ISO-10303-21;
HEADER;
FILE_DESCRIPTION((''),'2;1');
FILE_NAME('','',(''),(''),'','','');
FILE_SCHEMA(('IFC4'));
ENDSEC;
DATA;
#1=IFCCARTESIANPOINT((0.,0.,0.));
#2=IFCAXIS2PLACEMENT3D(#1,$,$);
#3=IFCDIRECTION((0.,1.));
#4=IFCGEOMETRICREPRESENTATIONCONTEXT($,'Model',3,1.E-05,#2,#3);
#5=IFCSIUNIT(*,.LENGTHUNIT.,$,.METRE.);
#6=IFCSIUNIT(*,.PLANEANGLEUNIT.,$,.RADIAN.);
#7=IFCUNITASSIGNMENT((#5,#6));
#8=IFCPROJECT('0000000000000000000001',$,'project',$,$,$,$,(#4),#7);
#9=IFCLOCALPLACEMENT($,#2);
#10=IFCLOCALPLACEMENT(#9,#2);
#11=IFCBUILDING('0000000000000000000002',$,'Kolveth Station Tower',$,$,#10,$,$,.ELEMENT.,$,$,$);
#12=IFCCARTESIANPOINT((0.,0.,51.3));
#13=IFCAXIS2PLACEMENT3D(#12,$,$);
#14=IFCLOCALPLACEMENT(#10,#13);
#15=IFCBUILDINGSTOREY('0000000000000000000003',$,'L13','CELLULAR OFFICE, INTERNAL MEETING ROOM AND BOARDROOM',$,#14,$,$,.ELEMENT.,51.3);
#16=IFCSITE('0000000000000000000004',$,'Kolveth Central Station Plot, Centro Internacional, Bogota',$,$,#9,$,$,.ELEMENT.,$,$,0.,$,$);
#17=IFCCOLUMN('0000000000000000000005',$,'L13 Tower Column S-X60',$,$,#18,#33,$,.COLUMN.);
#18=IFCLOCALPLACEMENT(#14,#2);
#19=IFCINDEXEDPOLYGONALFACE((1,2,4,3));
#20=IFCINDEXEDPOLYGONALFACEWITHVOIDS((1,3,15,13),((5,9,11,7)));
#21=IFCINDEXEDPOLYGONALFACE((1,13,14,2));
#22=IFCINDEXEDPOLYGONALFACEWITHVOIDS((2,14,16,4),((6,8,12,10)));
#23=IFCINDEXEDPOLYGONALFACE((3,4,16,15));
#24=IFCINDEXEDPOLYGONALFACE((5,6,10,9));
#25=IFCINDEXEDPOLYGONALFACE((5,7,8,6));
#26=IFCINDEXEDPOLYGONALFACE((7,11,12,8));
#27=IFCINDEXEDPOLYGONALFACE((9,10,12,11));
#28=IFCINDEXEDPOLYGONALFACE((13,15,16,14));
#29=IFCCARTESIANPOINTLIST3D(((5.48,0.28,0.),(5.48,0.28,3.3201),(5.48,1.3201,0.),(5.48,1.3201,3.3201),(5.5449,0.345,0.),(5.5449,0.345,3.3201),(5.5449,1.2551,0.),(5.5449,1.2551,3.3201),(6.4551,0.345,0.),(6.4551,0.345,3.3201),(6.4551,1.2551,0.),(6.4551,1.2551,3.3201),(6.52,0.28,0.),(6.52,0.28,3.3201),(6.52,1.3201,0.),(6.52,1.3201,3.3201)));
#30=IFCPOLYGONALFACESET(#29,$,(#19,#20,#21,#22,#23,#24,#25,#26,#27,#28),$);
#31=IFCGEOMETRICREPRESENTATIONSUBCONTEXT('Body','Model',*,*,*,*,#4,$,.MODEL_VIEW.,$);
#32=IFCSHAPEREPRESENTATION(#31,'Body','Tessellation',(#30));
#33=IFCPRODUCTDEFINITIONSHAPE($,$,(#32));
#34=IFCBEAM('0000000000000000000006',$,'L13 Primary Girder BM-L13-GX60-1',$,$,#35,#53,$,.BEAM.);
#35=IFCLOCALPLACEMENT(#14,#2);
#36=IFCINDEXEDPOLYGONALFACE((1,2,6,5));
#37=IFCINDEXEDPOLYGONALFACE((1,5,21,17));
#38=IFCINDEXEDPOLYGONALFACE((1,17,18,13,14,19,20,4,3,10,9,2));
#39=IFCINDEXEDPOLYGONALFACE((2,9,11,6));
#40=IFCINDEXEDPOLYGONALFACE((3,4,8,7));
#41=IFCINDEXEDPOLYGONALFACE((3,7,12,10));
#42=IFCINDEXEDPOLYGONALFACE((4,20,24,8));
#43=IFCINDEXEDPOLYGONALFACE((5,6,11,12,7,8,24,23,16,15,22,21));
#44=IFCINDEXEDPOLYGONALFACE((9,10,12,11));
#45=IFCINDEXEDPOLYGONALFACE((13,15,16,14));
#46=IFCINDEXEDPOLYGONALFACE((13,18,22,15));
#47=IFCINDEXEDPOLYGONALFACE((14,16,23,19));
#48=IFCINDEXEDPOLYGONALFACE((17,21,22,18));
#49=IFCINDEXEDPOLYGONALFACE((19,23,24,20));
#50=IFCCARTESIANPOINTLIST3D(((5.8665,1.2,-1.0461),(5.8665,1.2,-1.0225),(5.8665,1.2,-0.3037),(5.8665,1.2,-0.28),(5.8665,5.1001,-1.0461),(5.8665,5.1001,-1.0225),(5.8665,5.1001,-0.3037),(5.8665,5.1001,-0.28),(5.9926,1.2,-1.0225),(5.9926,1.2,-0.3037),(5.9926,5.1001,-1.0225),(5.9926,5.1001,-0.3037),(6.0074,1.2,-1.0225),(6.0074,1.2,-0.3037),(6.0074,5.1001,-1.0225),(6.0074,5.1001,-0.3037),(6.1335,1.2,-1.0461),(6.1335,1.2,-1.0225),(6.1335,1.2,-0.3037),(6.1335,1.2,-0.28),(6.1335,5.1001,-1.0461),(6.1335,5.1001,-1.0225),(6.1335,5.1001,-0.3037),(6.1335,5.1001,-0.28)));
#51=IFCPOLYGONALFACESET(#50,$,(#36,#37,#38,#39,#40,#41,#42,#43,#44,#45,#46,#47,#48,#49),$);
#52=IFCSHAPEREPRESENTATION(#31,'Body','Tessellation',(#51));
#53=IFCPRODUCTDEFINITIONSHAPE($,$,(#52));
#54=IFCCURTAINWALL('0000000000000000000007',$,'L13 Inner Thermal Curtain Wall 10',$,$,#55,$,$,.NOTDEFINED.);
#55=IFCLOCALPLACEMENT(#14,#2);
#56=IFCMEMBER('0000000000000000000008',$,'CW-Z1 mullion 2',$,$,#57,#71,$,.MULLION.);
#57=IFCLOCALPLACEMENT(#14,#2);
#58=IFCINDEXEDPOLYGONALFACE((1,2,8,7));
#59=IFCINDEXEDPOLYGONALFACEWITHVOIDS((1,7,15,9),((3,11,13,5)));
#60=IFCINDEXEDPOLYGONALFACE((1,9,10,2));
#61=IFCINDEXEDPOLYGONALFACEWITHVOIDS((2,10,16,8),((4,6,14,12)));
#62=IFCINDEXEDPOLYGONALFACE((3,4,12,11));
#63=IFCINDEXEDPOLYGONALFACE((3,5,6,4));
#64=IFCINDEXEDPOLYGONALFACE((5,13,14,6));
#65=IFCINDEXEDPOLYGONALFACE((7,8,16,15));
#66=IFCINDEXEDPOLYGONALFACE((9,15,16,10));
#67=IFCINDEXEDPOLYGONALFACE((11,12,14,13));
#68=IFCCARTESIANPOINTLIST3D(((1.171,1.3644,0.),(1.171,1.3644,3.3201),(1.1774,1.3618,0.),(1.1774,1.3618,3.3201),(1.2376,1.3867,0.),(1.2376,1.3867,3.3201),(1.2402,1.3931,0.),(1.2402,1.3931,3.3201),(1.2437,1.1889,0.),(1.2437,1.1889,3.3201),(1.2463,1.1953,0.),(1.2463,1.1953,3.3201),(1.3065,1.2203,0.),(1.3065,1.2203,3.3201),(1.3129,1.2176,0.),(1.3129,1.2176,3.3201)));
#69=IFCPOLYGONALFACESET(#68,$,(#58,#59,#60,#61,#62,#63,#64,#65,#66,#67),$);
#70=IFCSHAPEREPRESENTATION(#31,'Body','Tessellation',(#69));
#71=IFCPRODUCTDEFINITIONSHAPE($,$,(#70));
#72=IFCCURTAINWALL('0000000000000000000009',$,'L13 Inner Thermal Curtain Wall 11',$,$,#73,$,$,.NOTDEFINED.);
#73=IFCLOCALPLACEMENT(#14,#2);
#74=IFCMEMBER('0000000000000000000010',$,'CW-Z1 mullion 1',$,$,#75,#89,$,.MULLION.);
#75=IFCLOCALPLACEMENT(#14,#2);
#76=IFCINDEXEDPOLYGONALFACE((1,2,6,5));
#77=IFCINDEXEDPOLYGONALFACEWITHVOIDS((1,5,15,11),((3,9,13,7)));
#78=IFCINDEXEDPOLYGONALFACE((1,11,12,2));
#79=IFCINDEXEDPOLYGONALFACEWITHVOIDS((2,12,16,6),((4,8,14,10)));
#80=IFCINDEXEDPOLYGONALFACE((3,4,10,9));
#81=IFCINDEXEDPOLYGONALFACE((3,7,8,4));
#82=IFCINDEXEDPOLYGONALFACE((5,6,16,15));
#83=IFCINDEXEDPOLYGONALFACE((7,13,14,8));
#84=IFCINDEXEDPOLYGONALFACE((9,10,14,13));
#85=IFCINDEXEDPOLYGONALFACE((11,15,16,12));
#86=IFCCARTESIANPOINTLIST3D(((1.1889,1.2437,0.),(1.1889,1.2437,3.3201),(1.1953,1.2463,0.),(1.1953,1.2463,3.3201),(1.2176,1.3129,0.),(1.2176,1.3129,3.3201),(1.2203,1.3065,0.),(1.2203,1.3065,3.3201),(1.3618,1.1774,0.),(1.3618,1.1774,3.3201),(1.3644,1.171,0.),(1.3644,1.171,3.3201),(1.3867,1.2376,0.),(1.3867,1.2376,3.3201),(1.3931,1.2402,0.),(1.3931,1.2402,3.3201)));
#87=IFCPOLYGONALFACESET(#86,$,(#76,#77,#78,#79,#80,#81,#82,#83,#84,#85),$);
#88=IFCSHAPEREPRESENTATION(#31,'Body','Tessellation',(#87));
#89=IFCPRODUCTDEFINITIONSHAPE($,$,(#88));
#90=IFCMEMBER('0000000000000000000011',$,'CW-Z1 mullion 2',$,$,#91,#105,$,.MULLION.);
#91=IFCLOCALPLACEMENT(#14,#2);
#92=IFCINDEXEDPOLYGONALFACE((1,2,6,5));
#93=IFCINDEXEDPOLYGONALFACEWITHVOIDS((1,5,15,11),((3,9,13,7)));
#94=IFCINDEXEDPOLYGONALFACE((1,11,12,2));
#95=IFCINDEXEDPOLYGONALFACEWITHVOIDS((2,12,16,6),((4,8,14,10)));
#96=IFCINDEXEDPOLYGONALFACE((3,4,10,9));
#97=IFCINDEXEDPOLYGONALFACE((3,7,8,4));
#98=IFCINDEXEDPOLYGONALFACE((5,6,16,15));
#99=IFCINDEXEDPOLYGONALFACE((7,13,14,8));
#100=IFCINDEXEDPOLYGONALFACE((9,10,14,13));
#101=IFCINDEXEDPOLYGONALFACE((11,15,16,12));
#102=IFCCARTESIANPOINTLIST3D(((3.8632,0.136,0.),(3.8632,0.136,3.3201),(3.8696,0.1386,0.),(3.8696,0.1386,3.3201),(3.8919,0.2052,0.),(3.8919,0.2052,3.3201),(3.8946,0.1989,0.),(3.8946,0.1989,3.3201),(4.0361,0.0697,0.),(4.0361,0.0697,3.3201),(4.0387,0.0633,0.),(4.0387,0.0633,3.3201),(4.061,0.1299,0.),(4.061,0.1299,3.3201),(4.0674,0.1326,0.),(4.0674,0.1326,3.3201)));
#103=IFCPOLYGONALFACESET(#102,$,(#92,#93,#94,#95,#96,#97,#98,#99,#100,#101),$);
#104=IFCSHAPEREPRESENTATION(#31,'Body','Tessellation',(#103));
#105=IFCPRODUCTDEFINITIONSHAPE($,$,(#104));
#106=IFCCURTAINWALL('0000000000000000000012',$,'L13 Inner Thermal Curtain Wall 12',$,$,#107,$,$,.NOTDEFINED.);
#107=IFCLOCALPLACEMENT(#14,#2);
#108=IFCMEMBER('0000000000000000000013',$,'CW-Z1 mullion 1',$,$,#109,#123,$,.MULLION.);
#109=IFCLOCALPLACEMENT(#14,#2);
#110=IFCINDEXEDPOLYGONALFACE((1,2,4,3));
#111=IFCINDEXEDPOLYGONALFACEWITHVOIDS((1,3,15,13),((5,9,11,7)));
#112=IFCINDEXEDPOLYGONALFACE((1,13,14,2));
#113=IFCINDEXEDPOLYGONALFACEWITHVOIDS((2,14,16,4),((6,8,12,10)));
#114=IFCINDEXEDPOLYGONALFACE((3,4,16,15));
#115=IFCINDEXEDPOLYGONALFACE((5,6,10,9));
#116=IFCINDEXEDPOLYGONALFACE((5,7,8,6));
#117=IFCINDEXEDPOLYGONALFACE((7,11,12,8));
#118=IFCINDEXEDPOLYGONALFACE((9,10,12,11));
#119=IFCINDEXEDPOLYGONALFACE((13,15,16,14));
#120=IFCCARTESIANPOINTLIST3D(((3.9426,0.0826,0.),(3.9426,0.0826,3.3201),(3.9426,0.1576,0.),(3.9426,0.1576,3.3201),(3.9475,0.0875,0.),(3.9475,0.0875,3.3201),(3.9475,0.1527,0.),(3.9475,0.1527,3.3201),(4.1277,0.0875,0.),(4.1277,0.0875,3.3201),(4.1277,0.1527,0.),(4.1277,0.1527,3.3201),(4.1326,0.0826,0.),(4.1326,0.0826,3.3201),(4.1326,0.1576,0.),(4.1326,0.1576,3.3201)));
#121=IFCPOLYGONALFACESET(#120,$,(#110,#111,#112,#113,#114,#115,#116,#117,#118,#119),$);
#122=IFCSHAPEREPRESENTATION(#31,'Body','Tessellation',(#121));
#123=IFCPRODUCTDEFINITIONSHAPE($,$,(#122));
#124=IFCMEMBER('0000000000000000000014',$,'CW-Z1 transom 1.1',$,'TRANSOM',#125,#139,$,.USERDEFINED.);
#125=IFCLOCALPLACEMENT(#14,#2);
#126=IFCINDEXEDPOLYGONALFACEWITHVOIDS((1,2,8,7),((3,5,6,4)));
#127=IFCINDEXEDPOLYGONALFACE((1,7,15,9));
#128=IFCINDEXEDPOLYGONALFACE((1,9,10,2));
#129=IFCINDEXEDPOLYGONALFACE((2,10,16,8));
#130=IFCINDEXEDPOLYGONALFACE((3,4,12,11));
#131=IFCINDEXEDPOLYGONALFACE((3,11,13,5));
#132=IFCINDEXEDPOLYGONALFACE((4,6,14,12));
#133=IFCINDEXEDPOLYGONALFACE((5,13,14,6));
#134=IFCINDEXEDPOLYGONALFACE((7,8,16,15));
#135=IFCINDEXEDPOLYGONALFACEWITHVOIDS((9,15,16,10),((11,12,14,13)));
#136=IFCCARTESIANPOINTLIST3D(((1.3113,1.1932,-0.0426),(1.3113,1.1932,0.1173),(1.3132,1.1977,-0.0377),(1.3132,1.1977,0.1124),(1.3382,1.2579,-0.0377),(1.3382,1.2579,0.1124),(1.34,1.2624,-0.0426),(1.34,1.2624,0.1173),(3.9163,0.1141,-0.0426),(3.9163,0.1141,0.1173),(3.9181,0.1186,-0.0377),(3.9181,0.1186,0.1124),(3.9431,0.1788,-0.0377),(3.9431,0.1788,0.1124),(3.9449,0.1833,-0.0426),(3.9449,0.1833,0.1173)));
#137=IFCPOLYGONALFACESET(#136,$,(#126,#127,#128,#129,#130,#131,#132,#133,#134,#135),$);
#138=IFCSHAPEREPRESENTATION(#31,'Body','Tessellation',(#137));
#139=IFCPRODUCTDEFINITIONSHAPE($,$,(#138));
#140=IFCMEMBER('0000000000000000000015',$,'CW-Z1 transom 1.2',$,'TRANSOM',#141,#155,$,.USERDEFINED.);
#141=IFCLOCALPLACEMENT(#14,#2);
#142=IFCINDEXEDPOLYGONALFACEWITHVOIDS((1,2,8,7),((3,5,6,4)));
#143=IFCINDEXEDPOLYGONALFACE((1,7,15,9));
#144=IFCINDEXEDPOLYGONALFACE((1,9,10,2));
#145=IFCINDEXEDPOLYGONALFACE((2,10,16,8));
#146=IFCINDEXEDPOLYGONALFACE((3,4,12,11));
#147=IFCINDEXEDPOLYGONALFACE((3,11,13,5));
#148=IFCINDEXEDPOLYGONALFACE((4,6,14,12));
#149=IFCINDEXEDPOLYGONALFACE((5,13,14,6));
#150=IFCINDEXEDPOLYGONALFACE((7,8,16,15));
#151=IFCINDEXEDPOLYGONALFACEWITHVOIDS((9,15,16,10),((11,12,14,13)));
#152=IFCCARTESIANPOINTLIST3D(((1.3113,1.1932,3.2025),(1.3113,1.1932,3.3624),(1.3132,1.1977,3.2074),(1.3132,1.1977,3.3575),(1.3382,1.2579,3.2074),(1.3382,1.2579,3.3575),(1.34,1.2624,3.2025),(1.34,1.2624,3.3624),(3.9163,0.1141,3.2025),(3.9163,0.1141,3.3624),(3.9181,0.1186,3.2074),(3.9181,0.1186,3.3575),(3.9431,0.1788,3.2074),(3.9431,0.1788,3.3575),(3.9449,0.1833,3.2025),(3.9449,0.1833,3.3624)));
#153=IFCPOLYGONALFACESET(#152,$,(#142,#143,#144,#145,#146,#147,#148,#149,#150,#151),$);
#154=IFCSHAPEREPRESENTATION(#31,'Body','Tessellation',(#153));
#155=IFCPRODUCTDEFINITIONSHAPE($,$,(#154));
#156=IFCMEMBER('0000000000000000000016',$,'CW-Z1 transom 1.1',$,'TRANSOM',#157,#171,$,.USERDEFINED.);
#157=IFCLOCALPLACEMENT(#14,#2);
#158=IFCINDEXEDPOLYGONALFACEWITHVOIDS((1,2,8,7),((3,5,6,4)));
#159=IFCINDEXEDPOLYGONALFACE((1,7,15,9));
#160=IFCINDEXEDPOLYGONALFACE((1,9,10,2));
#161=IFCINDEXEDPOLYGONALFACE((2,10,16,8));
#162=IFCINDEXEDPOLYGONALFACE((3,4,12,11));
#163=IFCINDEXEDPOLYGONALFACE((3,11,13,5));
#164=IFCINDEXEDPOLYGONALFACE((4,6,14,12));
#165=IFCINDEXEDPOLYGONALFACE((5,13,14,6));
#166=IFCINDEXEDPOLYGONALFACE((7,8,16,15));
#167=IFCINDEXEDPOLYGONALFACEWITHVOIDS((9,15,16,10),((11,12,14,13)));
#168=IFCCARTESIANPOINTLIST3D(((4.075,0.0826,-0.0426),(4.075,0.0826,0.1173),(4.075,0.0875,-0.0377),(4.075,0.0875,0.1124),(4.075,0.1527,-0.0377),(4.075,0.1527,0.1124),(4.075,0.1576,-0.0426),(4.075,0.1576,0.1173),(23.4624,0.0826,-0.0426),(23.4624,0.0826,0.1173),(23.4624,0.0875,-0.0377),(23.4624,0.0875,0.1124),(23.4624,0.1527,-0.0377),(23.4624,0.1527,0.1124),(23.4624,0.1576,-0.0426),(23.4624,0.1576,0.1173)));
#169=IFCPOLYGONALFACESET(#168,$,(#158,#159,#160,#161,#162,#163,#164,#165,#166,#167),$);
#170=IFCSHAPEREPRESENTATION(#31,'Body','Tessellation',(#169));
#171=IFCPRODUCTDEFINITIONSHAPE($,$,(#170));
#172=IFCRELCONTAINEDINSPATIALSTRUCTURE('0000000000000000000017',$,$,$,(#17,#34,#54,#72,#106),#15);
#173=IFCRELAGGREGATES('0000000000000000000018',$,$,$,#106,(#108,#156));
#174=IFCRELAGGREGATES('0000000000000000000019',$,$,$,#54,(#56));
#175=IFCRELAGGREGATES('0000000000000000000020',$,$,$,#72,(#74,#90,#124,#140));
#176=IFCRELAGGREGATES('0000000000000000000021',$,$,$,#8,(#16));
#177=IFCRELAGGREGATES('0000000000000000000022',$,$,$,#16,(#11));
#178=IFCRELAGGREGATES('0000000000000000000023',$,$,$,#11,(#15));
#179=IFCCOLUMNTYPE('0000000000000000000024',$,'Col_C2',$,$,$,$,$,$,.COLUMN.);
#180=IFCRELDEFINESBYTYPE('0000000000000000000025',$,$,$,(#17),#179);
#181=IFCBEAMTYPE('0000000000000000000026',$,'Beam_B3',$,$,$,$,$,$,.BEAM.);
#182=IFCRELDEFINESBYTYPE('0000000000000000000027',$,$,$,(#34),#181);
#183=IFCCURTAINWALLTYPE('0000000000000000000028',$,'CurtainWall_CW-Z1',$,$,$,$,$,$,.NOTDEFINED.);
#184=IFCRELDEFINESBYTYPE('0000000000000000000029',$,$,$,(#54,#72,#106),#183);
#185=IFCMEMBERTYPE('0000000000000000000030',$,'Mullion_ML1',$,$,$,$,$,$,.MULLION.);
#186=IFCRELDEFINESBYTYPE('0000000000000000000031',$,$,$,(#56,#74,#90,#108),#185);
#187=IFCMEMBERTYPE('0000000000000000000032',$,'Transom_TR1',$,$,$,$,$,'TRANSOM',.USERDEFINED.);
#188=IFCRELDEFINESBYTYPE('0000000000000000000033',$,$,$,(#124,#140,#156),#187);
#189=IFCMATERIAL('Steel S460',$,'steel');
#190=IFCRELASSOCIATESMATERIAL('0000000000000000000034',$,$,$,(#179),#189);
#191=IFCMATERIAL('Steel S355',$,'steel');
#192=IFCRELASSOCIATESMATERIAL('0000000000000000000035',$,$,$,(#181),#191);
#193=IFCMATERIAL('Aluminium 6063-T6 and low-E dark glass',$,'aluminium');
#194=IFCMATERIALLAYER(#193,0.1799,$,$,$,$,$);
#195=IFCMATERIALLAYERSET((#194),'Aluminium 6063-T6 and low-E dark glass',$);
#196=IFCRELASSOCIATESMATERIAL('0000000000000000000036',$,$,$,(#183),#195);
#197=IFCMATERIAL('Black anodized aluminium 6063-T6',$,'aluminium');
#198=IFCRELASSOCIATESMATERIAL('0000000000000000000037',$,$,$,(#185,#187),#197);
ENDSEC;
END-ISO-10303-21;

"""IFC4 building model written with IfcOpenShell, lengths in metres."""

from ifc_helpers import new_model, si_unit, direction, frame, origin, origin_2d, place, context, subcontext, project, spatial, hollow_rectangle, i_section, extrude, source, transform, mapped, material, layer, layer_set, material_profile, profile_set, type_object, element, aggregate, save


model = new_model("IFC4")

# Units and contexts
model_context = context("Model", 3, precision=1e-05, world=origin(), true_north=direction((0.0, 1.0)))
body_context = subcontext(model_context, "Body", "Model", "MODEL_VIEW")
ifc_project = project(units=[si_unit("LENGTHUNIT", "METRE"), si_unit("PLANEANGLEUNIT", "RADIAN")], contexts=[model_context])

# Site, building, storey
site_placement = place(None, origin())
site = spatial("IfcSite", under=ifc_project, at=site_placement, Name="Kolveth Central Station Plot, Centro Internacional, Bogota", CompositionType="ELEMENT", RefElevation=0.0)
building_placement = place(site_placement, origin())
building = spatial("IfcBuilding", under=site, at=building_placement, Name="Kolveth Station Tower", CompositionType="ELEMENT")
storey_placement = place(building_placement, frame((0.0, 0.0, 51.3)))
storey = spatial("IfcBuildingStorey", under=building, at=storey_placement, Name="L13", Description="CELLULAR OFFICE, INTERNAL MEETING ROOM AND BOARDROOM", CompositionType="ELEMENT", Elevation=51.3)

# Column
ifc_material_1 = material(Name="Steel S460", Category="steel")
ifc_material_profile_1 = material_profile(ifc_material_1, hollow_rectangle(XDim=1.04, YDim=1.04, WallThickness=0.0649, at=origin_2d()), Name="BOX1040x1040x65")
ifc_profile_set_1 = profile_set([ifc_material_profile_1], Name="Steel S460")
column_type = type_object("IfcColumnType", Name="Col_C2", PredefinedType="COLUMN", material=ifc_profile_set_1)
shared_shape_1 = source(origin(), body_context, "Body", "SweptSolid", [
    extrude(hollow_rectangle(XDim=1.04, YDim=1.04, WallThickness=0.0649, at=origin_2d()), origin(), (0.0, 0.0, 1.0), 3.3201),
])
column_placement = place(storey_placement, frame((6.0, 0.8, 0.0), z_axis=(0.0, 0.0, 1.0), x_axis=(1.0, 0.0, 0.0)))
element("IfcColumn", 1, at=column_placement, inside=storey, type_object=column_type, Name="L13 Tower Column S-X60", PredefinedType="COLUMN", context=body_context, shape_type="MappedRepresentation", body=[
    mapped(shared_shape_1, transform((0.0, 0.0, 0.0), x_axis=(1.0, 0.0, 0.0), y_axis=(0.0, 1.0, 0.0), z_axis=(0.0, 0.0, 1.0), scale=1.0)),
])

# Beam
ifc_material_2 = material(Name="Steel S355", Category="steel")
ifc_material_profile_2 = material_profile(ifc_material_2, i_section(OverallWidth=0.2671, OverallDepth=0.7661, WebThickness=0.0149, FlangeThickness=0.0237, at=origin_2d()), Name="W760x185")
ifc_profile_set_2 = profile_set([ifc_material_profile_2], Name="Steel S355")
beam_type = type_object("IfcBeamType", Name="Beam_B3", PredefinedType="BEAM", material=ifc_profile_set_2)
shared_shape_2 = source(origin(), body_context, "Body", "SweptSolid", [
    extrude(i_section(OverallWidth=0.2671, OverallDepth=0.7661, WebThickness=0.0149, FlangeThickness=0.0237, at=origin_2d()), origin(), (0.0, 0.0, 1.0), 3.9001),
])
beam_placement = place(storey_placement, frame((6.0, 1.2, -0.6631), z_axis=(0.0, 1.0, 0.0), x_axis=(-1.0, 0.0, 0.0)))
element("IfcBeam", 2, at=beam_placement, inside=storey, type_object=beam_type, Name="L13 Primary Girder BM-L13-GX60-1", PredefinedType="BEAM", context=body_context, shape_type="MappedRepresentation", body=[
    mapped(shared_shape_2, transform((0.0, 0.0, 0.0), x_axis=(1.0, 0.0, 0.0), y_axis=(0.0, 1.0, 0.0), z_axis=(0.0, 0.0, 1.0), scale=1.0)),
])

# Curtain wall, member
ifc_material_3 = material(Name="Aluminium 6063-T6 and low-E dark glass", Category="aluminium")
ifc_layer_1 = layer(ifc_material_3, 0.1799)
ifc_layer_set_1 = layer_set([ifc_layer_1], Name="Aluminium 6063-T6 and low-E dark glass")
curtain_wall_type_1 = type_object("IfcCurtainWallType", Name="CurtainWall_CW-Z1", PredefinedType="NOTDEFINED", material=ifc_layer_set_1)
curtain_wall_1_placement = place(storey_placement, origin())
curtain_wall_1 = element("IfcCurtainWall", 3, at=curtain_wall_1_placement, inside=storey, type_object=curtain_wall_type_1, Name="L13 Inner Thermal Curtain Wall 10", PredefinedType="NOTDEFINED")
ifc_material_4 = material(Name="Black anodized aluminium 6063-T6", Category="aluminium")
ifc_material_profile_3 = material_profile(ifc_material_4, hollow_rectangle(XDim=0.075, YDim=0.1899, WallThickness=0.0049, at=origin_2d()), Name="ALU-75x190x5")
ifc_profile_set_3 = profile_set([ifc_material_profile_3], Name="Black anodized aluminium 6063-T6")
member_type_1 = type_object("IfcMemberType", Name="Mullion_ML1", PredefinedType="MULLION", material=ifc_profile_set_3)
shared_shape_3 = source(origin(), body_context, "Body", "SweptSolid", [
    extrude(hollow_rectangle(XDim=0.075, YDim=0.1899, WallThickness=0.0049, at=origin_2d()), origin(), (0.0, 0.0, 1.0), 3.3201),
])
member_1_placement = place(storey_placement, frame((1.2419, 1.291, 0.0), z_axis=(0.0, 0.0, 1.0), x_axis=(0.923884, 0.382673, 0.0)))
member_1 = element("IfcMember", 4, at=member_1_placement, type_object=member_type_1, Name="CW-Z1 mullion 2", PredefinedType="MULLION", context=body_context, shape_type="MappedRepresentation", body=[
    mapped(shared_shape_3, transform((0.0, 0.0, 0.0), x_axis=(1.0, 0.0, 0.0), y_axis=(0.0, 1.0, 0.0), z_axis=(0.0, 0.0, 1.0), scale=1.0)),
])

# Curtain wall, members
curtain_wall_2_placement = place(storey_placement, origin())
curtain_wall_2 = element("IfcCurtainWall", 5, at=curtain_wall_2_placement, inside=storey, type_object=curtain_wall_type_1, Name="L13 Inner Thermal Curtain Wall 11", PredefinedType="NOTDEFINED")
member_2_placement = place(storey_placement, frame((1.291, 1.2419, 0.0), z_axis=(0.0, 0.0, 1.0), x_axis=(0.382673, 0.923884, 0.0)))
member_2 = element("IfcMember", 6, at=member_2_placement, type_object=member_type_1, Name="CW-Z1 mullion 1", PredefinedType="MULLION", context=body_context, shape_type="MappedRepresentation", body=[
    mapped(shared_shape_3, transform((0.0, 0.0, 0.0), x_axis=(1.0, 0.0, 0.0), y_axis=(0.0, 1.0, 0.0), z_axis=(0.0, 0.0, 1.0), scale=1.0)),
])
member_3_placement = place(storey_placement, frame((3.9653, 0.1343, 0.0), z_axis=(0.0, 0.0, 1.0), x_axis=(0.382673, 0.923884, 0.0)))
member_3 = element("IfcMember", 7, at=member_3_placement, type_object=member_type_1, Name="CW-Z1 mullion 2", PredefinedType="MULLION", context=body_context, shape_type="MappedRepresentation", body=[
    mapped(shared_shape_3, transform((0.0, 0.0, 0.0), x_axis=(1.0, 0.0, 0.0), y_axis=(0.0, 1.0, 0.0), z_axis=(0.0, 0.0, 1.0), scale=1.0)),
])

# Curtain wall, member
curtain_wall_3_placement = place(storey_placement, origin())
curtain_wall_3 = element("IfcCurtainWall", 8, at=curtain_wall_3_placement, inside=storey, type_object=curtain_wall_type_1, Name="L13 Inner Thermal Curtain Wall 12", PredefinedType="NOTDEFINED")
member_4_placement = place(storey_placement, frame((4.0376, 0.1201, 0.0), z_axis=(0.0, 0.0, 1.0), x_axis=(0.0, 1.0, 0.0)))
member_4 = element("IfcMember", 9, at=member_4_placement, type_object=member_type_1, Name="CW-Z1 mullion 1", PredefinedType="MULLION", context=body_context, shape_type="MappedRepresentation", body=[
    mapped(shared_shape_3, transform((0.0, 0.0, 0.0), x_axis=(1.0, 0.0, 0.0), y_axis=(0.0, 1.0, 0.0), z_axis=(0.0, 0.0, 1.0), scale=1.0)),
])

# Members
ifc_material_profile_4 = material_profile(ifc_material_4, hollow_rectangle(XDim=0.075, YDim=0.1599, WallThickness=0.0049, at=origin_2d()), Name="ALU-75x160x5")
ifc_profile_set_4 = profile_set([ifc_material_profile_4], Name="Black anodized aluminium 6063-T6")
member_type_2 = type_object("IfcMemberType", Name="Transom_TR1", ElementType="TRANSOM", PredefinedType="USERDEFINED", material=ifc_profile_set_4)
shared_shape_4 = source(origin(), body_context, "Body", "SweptSolid", [
    extrude(hollow_rectangle(XDim=0.075, YDim=0.1599, WallThickness=0.0049, at=origin_2d()), origin(), (0.0, 0.0, 1.0), 2.8196),
])
member_5_placement = place(storey_placement, frame((1.3257, 1.2278, 0.0374), z_axis=(0.923869, -0.382709, 0.0), x_axis=(0.382709, 0.923869, 0.0)))
member_5 = element("IfcMember", 10, at=member_5_placement, type_object=member_type_2, Name="CW-Z1 transom 1.1", ObjectType="TRANSOM", PredefinedType="USERDEFINED", context=body_context, shape_type="MappedRepresentation", body=[
    mapped(shared_shape_4, transform((0.0, 0.0, 0.0), x_axis=(1.0, 0.0, 0.0), y_axis=(0.0, 1.0, 0.0), z_axis=(0.0, 0.0, 1.0), scale=1.0)),
])
member_6_placement = place(storey_placement, frame((1.3257, 1.2278, 3.2825), z_axis=(0.923869, -0.382709, 0.0), x_axis=(0.382709, 0.923869, 0.0)))
member_6 = element("IfcMember", 11, at=member_6_placement, type_object=member_type_2, Name="CW-Z1 transom 1.2", ObjectType="TRANSOM", PredefinedType="USERDEFINED", context=body_context, shape_type="MappedRepresentation", body=[
    mapped(shared_shape_4, transform((0.0, 0.0, 0.0), x_axis=(1.0, 0.0, 0.0), y_axis=(0.0, 1.0, 0.0), z_axis=(0.0, 0.0, 1.0), scale=1.0)),
])
shared_shape_5 = source(origin(), body_context, "Body", "SweptSolid", [
    extrude(hollow_rectangle(XDim=0.075, YDim=0.1599, WallThickness=0.0049, at=origin_2d()), origin(), (0.0, 0.0, 1.0), 19.3875),
])
member_7_placement = place(storey_placement, frame((4.075, 0.1201, 0.0374), z_axis=(1.0, 0.0, 0.0), x_axis=(0.0, 1.0, 0.0)))
member_7 = element("IfcMember", 12, at=member_7_placement, type_object=member_type_2, Name="CW-Z1 transom 1.1", ObjectType="TRANSOM", PredefinedType="USERDEFINED", context=body_context, shape_type="MappedRepresentation", body=[
    mapped(shared_shape_5, transform((0.0, 0.0, 0.0), x_axis=(1.0, 0.0, 0.0), y_axis=(0.0, 1.0, 0.0), z_axis=(0.0, 0.0, 1.0), scale=1.0)),
])
aggregate(curtain_wall_3, [member_4, member_7])

aggregate(curtain_wall_1, [member_1])
aggregate(curtain_wall_2, [member_2, member_3, member_5, member_6])

save(model, "model.ifc")
